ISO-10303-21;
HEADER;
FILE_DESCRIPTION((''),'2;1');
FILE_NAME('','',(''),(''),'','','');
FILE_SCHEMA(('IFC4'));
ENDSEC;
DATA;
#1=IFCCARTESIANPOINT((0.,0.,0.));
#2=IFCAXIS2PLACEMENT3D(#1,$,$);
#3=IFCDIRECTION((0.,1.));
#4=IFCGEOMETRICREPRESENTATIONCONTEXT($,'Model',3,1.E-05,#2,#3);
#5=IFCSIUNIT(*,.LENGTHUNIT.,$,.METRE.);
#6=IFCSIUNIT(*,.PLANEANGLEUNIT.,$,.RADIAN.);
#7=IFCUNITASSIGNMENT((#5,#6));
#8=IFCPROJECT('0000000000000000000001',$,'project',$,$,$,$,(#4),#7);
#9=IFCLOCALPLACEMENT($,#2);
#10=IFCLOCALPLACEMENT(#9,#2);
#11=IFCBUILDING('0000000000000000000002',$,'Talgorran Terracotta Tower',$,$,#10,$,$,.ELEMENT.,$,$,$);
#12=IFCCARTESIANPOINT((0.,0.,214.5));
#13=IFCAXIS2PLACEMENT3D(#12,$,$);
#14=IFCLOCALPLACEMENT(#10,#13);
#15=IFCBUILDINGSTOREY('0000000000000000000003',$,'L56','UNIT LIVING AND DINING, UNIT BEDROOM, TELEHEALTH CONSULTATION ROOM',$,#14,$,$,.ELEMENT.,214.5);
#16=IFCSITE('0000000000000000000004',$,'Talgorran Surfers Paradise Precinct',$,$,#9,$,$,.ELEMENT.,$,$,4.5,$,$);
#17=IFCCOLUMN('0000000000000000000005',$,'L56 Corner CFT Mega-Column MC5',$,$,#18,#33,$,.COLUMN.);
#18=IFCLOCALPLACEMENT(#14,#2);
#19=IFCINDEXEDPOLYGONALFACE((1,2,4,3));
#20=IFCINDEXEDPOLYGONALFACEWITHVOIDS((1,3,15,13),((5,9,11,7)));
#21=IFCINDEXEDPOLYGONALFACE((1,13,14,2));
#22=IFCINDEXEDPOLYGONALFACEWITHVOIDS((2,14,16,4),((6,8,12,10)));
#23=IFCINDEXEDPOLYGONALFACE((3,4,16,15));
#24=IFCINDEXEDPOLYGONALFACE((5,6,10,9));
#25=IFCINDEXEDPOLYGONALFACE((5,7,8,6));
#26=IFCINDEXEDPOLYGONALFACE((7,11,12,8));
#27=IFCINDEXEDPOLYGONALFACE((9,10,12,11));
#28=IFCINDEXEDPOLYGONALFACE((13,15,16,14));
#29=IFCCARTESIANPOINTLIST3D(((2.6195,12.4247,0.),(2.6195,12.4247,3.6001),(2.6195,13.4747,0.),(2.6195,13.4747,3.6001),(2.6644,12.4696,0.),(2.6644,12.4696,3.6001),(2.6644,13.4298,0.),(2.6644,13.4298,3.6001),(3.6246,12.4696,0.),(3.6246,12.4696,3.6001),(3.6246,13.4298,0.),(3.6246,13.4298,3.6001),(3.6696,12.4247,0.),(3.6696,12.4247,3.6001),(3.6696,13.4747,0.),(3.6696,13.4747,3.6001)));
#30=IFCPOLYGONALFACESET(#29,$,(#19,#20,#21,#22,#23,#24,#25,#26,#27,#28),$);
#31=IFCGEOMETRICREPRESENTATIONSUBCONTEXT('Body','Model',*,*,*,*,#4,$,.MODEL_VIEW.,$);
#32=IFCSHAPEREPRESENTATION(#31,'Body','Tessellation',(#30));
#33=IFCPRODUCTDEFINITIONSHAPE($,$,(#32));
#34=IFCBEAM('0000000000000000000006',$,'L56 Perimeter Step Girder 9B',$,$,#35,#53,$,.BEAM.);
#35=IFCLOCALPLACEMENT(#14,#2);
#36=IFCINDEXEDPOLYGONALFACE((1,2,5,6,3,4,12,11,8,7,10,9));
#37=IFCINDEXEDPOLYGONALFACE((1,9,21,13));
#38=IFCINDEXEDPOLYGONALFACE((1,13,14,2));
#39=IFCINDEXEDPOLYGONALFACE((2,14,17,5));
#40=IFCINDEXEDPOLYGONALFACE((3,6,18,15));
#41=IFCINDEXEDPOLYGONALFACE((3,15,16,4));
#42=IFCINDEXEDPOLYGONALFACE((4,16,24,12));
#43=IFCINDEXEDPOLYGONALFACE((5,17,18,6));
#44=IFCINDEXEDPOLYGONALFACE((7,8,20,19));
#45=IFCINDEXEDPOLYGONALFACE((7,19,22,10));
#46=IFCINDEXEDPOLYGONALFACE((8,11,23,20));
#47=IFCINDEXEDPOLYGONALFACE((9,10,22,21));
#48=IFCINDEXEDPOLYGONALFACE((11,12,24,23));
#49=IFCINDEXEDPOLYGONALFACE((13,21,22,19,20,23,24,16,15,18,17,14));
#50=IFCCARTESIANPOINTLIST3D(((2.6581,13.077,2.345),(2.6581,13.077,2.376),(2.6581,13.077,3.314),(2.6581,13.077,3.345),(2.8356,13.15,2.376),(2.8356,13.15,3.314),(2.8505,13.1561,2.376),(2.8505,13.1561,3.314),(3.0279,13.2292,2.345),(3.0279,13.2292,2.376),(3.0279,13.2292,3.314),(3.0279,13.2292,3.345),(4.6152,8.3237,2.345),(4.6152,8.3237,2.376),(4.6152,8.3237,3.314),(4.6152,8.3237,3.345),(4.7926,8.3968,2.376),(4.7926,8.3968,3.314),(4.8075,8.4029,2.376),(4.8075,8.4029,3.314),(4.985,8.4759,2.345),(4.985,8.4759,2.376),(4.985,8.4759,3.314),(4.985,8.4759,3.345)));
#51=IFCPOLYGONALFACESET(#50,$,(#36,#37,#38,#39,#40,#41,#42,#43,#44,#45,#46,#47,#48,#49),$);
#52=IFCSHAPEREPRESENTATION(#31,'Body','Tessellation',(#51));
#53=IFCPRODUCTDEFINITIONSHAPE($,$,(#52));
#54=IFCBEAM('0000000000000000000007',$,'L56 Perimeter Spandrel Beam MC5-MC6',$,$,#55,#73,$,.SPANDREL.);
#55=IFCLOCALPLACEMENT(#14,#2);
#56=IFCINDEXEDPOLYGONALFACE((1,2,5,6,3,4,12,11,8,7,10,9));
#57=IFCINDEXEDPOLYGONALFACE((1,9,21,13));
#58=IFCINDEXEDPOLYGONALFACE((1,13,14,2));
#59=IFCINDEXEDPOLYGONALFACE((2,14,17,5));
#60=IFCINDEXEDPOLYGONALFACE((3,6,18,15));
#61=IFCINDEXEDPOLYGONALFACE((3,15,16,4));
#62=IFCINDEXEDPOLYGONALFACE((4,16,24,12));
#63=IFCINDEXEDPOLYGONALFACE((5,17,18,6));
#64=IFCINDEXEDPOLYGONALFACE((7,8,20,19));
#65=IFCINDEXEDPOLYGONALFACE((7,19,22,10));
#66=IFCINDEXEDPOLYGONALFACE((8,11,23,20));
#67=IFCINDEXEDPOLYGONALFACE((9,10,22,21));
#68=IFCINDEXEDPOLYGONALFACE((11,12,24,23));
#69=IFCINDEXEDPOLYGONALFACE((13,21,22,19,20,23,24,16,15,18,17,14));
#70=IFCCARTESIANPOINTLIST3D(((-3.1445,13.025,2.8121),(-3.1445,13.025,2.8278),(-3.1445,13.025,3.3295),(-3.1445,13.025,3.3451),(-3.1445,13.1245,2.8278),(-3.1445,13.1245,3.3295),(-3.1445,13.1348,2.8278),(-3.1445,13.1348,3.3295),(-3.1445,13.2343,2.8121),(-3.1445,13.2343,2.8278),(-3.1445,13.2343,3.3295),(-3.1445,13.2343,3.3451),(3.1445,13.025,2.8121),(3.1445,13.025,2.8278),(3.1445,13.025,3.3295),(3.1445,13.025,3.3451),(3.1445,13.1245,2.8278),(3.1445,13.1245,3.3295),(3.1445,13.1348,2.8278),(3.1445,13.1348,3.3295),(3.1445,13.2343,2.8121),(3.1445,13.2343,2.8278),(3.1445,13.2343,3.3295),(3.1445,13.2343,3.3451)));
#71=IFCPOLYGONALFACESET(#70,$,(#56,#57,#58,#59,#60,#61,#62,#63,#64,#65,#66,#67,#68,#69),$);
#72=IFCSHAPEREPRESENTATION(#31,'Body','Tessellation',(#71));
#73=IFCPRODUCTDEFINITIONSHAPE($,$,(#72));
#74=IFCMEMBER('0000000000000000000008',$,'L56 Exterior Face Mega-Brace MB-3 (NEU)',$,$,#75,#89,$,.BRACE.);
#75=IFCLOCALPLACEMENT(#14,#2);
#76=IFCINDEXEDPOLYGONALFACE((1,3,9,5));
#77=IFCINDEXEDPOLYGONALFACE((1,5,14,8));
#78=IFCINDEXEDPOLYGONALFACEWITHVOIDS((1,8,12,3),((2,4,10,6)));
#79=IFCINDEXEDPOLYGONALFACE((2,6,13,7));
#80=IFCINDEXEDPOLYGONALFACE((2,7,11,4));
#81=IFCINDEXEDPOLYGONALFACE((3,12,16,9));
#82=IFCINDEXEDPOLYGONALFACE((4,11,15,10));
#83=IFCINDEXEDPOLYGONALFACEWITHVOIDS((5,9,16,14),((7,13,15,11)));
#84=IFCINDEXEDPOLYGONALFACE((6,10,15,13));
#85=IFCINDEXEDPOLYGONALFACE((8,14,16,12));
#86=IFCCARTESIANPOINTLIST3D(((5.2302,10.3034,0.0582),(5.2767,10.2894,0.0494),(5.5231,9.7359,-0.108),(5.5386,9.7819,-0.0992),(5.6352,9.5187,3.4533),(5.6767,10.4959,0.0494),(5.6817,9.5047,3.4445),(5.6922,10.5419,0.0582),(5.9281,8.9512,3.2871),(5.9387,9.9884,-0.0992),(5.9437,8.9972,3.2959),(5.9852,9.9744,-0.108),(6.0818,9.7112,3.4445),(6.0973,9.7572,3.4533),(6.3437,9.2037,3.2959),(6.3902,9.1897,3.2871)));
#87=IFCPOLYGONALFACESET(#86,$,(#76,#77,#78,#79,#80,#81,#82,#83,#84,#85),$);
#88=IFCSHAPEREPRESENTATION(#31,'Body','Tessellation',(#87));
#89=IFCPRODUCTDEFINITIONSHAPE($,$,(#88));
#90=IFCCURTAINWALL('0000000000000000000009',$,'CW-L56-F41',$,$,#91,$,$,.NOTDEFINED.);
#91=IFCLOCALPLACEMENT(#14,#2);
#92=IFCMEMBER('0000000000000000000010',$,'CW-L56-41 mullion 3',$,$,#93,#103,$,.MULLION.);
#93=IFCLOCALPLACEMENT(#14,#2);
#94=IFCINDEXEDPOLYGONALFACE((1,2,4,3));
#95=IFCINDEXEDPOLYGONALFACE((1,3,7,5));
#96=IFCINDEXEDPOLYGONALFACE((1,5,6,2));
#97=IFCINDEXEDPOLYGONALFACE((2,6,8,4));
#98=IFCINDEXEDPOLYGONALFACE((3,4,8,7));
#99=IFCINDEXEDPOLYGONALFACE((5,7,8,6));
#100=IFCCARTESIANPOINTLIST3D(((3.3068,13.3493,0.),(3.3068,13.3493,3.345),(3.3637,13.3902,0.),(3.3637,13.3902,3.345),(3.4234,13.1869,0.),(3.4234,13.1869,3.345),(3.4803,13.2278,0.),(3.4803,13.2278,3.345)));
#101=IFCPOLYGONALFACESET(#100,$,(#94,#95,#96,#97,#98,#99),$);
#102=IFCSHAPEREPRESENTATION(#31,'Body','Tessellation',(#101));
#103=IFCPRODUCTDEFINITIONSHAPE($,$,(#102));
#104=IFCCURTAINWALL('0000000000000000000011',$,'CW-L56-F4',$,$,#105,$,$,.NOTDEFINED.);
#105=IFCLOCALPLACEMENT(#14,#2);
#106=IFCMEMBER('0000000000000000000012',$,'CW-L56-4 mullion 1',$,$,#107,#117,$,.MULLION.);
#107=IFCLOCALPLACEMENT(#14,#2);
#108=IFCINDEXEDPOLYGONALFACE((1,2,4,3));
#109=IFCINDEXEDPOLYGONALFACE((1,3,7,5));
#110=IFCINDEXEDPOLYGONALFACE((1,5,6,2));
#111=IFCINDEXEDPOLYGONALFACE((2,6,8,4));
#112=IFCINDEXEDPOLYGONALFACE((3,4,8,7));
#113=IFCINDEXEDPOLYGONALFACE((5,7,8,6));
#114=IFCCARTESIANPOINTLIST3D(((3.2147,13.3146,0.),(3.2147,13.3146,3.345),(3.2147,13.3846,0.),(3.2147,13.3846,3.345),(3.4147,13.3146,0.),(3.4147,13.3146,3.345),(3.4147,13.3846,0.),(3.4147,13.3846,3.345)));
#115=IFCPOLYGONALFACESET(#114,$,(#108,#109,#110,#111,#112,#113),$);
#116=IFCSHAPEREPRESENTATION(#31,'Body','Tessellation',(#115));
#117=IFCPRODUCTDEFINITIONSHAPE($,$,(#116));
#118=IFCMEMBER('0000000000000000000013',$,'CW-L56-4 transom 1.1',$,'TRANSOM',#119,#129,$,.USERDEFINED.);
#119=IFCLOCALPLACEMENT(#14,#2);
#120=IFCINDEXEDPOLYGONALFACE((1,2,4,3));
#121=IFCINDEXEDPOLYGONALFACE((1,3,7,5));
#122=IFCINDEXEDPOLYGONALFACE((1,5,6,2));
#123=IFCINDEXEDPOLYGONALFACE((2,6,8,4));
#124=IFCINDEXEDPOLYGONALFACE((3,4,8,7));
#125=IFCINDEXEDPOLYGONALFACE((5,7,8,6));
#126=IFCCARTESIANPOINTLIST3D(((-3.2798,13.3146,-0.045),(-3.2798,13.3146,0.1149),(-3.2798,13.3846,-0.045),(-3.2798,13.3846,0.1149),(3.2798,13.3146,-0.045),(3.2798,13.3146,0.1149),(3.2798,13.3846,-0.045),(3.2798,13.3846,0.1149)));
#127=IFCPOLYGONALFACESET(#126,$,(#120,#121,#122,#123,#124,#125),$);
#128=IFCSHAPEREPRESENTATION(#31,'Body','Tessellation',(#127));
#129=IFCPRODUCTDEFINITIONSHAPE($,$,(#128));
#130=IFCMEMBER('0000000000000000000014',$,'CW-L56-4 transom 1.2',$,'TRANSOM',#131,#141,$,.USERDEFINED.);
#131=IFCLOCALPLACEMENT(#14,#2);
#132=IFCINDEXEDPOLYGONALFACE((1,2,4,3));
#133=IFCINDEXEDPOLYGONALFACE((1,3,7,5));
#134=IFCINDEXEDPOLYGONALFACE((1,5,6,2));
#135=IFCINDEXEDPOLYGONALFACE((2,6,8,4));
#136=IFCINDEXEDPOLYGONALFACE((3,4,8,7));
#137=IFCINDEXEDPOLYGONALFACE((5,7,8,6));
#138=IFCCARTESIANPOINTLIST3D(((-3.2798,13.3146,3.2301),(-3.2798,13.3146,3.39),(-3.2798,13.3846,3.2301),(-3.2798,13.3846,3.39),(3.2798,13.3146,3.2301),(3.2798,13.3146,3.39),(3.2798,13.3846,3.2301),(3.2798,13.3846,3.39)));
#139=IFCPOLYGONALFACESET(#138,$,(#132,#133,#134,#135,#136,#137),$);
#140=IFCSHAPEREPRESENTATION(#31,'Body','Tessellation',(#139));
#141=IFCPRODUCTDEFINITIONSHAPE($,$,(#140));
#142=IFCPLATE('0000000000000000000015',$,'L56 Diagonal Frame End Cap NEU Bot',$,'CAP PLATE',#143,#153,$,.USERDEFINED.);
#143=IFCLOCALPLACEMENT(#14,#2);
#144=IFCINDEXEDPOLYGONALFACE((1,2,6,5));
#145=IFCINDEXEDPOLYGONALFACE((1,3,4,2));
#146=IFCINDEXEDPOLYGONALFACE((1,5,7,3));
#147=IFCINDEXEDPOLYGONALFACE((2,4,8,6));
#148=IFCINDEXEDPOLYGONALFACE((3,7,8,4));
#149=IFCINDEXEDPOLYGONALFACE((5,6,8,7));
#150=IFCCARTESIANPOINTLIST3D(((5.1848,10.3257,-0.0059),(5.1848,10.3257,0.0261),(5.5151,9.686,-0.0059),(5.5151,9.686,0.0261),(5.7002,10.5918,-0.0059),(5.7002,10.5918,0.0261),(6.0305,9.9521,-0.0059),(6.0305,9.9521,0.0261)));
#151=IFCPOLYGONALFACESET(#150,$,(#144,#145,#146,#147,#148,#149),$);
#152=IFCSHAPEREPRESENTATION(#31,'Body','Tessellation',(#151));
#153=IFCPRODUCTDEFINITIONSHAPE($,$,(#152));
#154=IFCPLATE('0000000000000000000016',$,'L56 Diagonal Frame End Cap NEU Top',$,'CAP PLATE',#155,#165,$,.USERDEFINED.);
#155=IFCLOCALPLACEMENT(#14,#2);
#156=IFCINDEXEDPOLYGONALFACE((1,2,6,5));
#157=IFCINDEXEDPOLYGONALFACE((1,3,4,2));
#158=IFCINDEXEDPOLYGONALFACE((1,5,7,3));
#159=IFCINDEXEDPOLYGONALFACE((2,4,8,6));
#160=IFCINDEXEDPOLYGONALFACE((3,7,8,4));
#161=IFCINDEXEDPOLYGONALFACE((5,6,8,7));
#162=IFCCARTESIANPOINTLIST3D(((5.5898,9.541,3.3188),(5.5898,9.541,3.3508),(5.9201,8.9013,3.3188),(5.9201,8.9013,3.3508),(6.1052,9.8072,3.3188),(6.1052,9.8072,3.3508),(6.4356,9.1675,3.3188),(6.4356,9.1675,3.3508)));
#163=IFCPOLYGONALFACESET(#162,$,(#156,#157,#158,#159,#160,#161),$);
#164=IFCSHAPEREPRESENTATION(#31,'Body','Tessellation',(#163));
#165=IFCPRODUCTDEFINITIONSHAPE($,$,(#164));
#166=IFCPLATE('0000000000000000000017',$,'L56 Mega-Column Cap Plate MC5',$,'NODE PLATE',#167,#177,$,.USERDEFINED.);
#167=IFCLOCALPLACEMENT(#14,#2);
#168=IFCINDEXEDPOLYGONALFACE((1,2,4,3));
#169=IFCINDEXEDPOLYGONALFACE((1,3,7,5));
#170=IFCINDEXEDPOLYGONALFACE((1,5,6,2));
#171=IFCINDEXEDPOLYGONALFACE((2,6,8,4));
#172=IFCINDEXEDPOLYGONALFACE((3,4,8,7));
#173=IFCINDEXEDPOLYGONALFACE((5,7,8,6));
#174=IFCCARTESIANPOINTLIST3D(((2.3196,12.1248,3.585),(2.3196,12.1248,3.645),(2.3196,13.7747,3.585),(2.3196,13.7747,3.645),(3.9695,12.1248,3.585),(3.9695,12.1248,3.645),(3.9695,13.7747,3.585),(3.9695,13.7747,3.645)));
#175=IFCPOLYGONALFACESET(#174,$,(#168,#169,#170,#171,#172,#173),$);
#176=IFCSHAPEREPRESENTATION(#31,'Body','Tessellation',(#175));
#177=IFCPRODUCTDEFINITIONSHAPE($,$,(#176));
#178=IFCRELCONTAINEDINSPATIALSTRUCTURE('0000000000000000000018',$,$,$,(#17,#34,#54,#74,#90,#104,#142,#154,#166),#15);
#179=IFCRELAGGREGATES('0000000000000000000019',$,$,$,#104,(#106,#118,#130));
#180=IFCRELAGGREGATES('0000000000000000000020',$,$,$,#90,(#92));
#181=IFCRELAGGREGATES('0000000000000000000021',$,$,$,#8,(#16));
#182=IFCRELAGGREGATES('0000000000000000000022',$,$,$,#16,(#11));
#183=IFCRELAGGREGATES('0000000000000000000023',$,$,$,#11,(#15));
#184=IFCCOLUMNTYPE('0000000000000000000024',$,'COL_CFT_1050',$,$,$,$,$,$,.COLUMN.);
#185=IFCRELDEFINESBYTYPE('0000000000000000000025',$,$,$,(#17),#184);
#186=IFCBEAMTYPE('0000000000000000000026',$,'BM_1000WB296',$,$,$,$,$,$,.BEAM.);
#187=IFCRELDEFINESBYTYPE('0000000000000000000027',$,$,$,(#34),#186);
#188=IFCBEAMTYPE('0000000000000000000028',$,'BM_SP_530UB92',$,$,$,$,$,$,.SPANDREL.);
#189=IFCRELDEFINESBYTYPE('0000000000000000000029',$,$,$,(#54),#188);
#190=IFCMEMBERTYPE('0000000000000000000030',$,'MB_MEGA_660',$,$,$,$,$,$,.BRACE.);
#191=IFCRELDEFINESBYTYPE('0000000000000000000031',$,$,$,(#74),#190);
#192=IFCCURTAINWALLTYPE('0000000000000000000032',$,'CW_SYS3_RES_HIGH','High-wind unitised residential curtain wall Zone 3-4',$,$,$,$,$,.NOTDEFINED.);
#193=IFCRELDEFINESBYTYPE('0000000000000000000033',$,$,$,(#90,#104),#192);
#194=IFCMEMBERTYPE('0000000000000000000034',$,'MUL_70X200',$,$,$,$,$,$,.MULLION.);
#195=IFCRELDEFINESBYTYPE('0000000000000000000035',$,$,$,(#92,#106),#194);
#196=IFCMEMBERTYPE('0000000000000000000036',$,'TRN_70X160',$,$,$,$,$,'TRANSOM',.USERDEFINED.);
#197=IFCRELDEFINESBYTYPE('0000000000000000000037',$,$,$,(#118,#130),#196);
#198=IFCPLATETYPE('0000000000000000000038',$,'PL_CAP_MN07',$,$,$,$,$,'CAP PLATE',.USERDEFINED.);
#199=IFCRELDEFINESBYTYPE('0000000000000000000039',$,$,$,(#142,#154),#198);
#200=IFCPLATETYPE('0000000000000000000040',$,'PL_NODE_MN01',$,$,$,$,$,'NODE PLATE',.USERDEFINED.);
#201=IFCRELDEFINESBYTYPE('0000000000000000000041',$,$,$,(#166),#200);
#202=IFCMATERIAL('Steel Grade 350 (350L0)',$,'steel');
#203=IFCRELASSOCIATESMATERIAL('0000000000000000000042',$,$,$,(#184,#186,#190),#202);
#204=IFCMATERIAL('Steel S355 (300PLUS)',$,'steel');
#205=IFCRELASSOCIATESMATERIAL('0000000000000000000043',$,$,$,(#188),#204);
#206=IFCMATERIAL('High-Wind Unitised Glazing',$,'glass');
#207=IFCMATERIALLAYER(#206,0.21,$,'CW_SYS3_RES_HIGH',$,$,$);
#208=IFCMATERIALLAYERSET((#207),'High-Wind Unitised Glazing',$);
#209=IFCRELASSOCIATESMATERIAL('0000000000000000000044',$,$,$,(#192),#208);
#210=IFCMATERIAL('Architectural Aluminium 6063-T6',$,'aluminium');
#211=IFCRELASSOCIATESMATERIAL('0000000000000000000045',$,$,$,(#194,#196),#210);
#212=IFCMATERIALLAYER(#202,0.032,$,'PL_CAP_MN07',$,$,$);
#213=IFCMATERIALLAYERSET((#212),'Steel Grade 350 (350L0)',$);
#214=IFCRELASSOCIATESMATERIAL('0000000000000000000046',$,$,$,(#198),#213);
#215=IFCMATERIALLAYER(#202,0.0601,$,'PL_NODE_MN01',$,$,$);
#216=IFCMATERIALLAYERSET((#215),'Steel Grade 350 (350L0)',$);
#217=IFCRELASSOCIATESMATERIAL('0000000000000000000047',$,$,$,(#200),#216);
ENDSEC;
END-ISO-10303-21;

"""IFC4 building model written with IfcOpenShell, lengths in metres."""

from ifc_helpers import new_model, si_unit, direction, frame, origin, origin_2d, place, context, subcontext, project, spatial, rectangle, hollow_rectangle, i_section, extrude, material, layer, layer_set, material_profile, profile_set, type_object, element, aggregate, save


model = new_model("IFC4")

# Units and contexts
model_context = context("Model", 3, precision=1e-05, world=origin(), true_north=direction((0.0, 1.0)))
body_context = subcontext(model_context, "Body", "Model", "MODEL_VIEW")
ifc_project = project(units=[si_unit("LENGTHUNIT", "METRE"), si_unit("PLANEANGLEUNIT", "RADIAN")], contexts=[model_context])

# Site, building, storey
site_placement = place(None, origin())
site = spatial("IfcSite", under=ifc_project, at=site_placement, Name="Talgorran Surfers Paradise Precinct", CompositionType="ELEMENT", RefElevation=4.5)
building_placement = place(site_placement, origin())
building = spatial("IfcBuilding", under=site, at=building_placement, Name="Talgorran Terracotta Tower", CompositionType="ELEMENT")
storey_placement = place(building_placement, frame((0.0, 0.0, 214.5)))
storey = spatial("IfcBuildingStorey", under=building, at=storey_placement, Name="L56", Description="UNIT LIVING AND DINING, UNIT BEDROOM, TELEHEALTH CONSULTATION ROOM", CompositionType="ELEMENT", Elevation=214.5)

# Column
ifc_material_1 = material(Name="Steel Grade 350 (350L0)", Category="steel")
ifc_material_profile_1 = material_profile(ifc_material_1, hollow_rectangle(XDim=1.05, YDim=1.05, WallThickness=0.0449, at=origin_2d()), Name="CFT1050X1050X45")
ifc_profile_set_1 = profile_set([ifc_material_profile_1], Name="Steel Grade 350 (350L0)")
column_type = type_object("IfcColumnType", Name="COL_CFT_1050", PredefinedType="COLUMN", material=ifc_profile_set_1)
column_placement = place(storey_placement, frame((3.1445, 12.9497, 0.0), z_axis=(0.0, 0.0, 1.0), x_axis=(1.0, 0.0, 0.0)))
element("IfcColumn", 1, at=column_placement, inside=storey, type_object=column_type, Name="L56 Corner CFT Mega-Column MC5", PredefinedType="COLUMN", context=body_context, shape_type="SweptSolid", body=[
    extrude(hollow_rectangle(XDim=1.05, YDim=1.05, WallThickness=0.0449, at=origin_2d()), origin(), (0.0, 0.0, 1.0), 3.6001),
])

# Beams
ifc_material_profile_2 = material_profile(ifc_material_1, i_section(OverallWidth=0.3999, OverallDepth=1.0, WebThickness=0.0161, FlangeThickness=0.031, at=origin_2d()), Name="1000WB296")
ifc_profile_set_2 = profile_set([ifc_material_profile_2], Name="Steel Grade 350 (350L0)")
beam_type_1 = type_object("IfcBeamType", Name="BM_1000WB296", PredefinedType="BEAM", material=ifc_profile_set_2)
beam_1_placement = place(storey_placement, frame((2.843, 13.1531, 2.845), z_axis=(0.380724, -0.924689, 0.0), x_axis=(0.924689, 0.380724, 0.0)))
element("IfcBeam", 2, at=beam_1_placement, inside=storey, type_object=beam_type_1, Name="L56 Perimeter Step Girder 9B", PredefinedType="BEAM", context=body_context, shape_type="SweptSolid", body=[
    extrude(i_section(OverallWidth=0.3999, OverallDepth=1.0, WebThickness=0.0161, FlangeThickness=0.031, at=origin_2d()), origin(), (0.0, 0.0, 1.0), 5.1404),
])
ifc_material_2 = material(Name="Steel S355 (300PLUS)", Category="steel")
ifc_material_profile_3 = material_profile(ifc_material_2, i_section(OverallWidth=0.2092, OverallDepth=0.533, WebThickness=0.0103, FlangeThickness=0.0156, at=origin_2d()), Name="530UB92.4")
ifc_profile_set_3 = profile_set([ifc_material_profile_3], Name="Steel S355 (300PLUS)")
beam_type_2 = type_object("IfcBeamType", Name="BM_SP_530UB92", PredefinedType="SPANDREL", material=ifc_profile_set_3)
beam_2_placement = place(storey_placement, frame((3.1445, 13.1296, 3.0786), z_axis=(-1.0, 0.0, 0.0), x_axis=(0.0, -1.0, 0.0)))
element("IfcBeam", 3, at=beam_2_placement, inside=storey, type_object=beam_type_2, Name="L56 Perimeter Spandrel Beam MC5-MC6", PredefinedType="SPANDREL", context=body_context, shape_type="SweptSolid", body=[
    extrude(i_section(OverallWidth=0.2092, OverallDepth=0.533, WebThickness=0.0103, FlangeThickness=0.0156, at=origin_2d()), origin(), (0.0, 0.0, 1.0), 6.2891),
])

# Member
ifc_material_profile_4 = material_profile(ifc_material_1, hollow_rectangle(XDim=0.52, YDim=0.6599, WallThickness=0.0349, at=origin_2d()), Name="WBOX660X520X35")
ifc_profile_set_4 = profile_set([ifc_material_profile_4], Name="Steel Grade 350 (350L0)")
member_type_1 = type_object("IfcMemberType", Name="MB_MEGA_660", PredefinedType="BRACE", material=ifc_profile_set_4)
member_1_placement = place(storey_placement, frame((5.6077, 10.1389, -0.0249), z_axis=(0.115459, -0.223681, 0.9678), x_axis=(0.888602, 0.458678, 0.0)))
element("IfcMember", 4, at=member_1_placement, inside=storey, type_object=member_type_1, Name="L56 Exterior Face Mega-Brace MB-3 (NEU)", PredefinedType="BRACE", context=body_context, shape_type="SweptSolid", body=[
    extrude(hollow_rectangle(XDim=0.52, YDim=0.6599, WallThickness=0.0349, at=origin_2d()), origin(), (0.0, 0.0, 1.0), 3.5081),
])

# Curtain wall, member
ifc_material_3 = material(Name="High-Wind Unitised Glazing", Category="glass")
ifc_layer_1 = layer(ifc_material_3, 0.21, Name="CW_SYS3_RES_HIGH")
ifc_layer_set_1 = layer_set([ifc_layer_1], Name="High-Wind Unitised Glazing")
curtain_wall_type = type_object("IfcCurtainWallType", Name="CW_SYS3_RES_HIGH", Description="High-wind unitised residential curtain wall Zone 3-4", PredefinedType="NOTDEFINED", material=ifc_layer_set_1)
curtain_wall_1_placement = place(storey_placement, origin())
curtain_wall_1 = element("IfcCurtainWall", 5, at=curtain_wall_1_placement, inside=storey, type_object=curtain_wall_type, Name="CW-L56-F41", PredefinedType="NOTDEFINED")
ifc_material_4 = material(Name="Architectural Aluminium 6063-T6", Category="aluminium")
ifc_material_profile_5 = material_profile(ifc_material_4, rectangle(XDim=0.0701, YDim=0.2, at=origin_2d()), Name="CWM70X200")
ifc_profile_set_5 = profile_set([ifc_material_profile_5], Name="Architectural Aluminium 6063-T6")
member_type_2 = type_object("IfcMemberType", Name="MUL_70X200", PredefinedType="MULLION", material=ifc_profile_set_5)
member_2_placement = place(storey_placement, frame((3.3936, 13.2886, 0.0), z_axis=(0.0, 0.0, 1.0), x_axis=(-0.812077, -0.58355, 0.0)))
member_2 = element("IfcMember", 6, at=member_2_placement, type_object=member_type_2, Name="CW-L56-41 mullion 3", PredefinedType="MULLION", context=body_context, shape_type="SweptSolid", body=[
    extrude(rectangle(XDim=0.0701, YDim=0.2, at=origin_2d()), origin(), (0.0, 0.0, 1.0), 3.345),
])

# Curtain wall, members
curtain_wall_2_placement = place(storey_placement, origin())
curtain_wall_2 = element("IfcCurtainWall", 7, at=curtain_wall_2_placement, inside=storey, type_object=curtain_wall_type, Name="CW-L56-F4", PredefinedType="NOTDEFINED")
member_3_placement = place(storey_placement, frame((3.3147, 13.3496, 0.0), z_axis=(0.0, 0.0, 1.0), x_axis=(0.0, -1.0, 0.0)))
member_3 = element("IfcMember", 8, at=member_3_placement, type_object=member_type_2, Name="CW-L56-4 mullion 1", PredefinedType="MULLION", context=body_context, shape_type="SweptSolid", body=[
    extrude(rectangle(XDim=0.0701, YDim=0.2, at=origin_2d()), origin(), (0.0, 0.0, 1.0), 3.345),
])
ifc_material_profile_6 = material_profile(ifc_material_4, rectangle(XDim=0.0701, YDim=0.1599, at=origin_2d()), Name="CWT70X160")
ifc_profile_set_6 = profile_set([ifc_material_profile_6], Name="Architectural Aluminium 6063-T6")
member_type_3 = type_object("IfcMemberType", Name="TRN_70X160", ElementType="TRANSOM", PredefinedType="USERDEFINED", material=ifc_profile_set_6)
member_4_placement = place(storey_placement, frame((3.2798, 13.3496, 0.0349), z_axis=(-1.0, 0.0, 0.0), x_axis=(0.0, -1.0, 0.0)))
member_4 = element("IfcMember", 9, at=member_4_placement, type_object=member_type_3, Name="CW-L56-4 transom 1.1", ObjectType="TRANSOM", PredefinedType="USERDEFINED", context=body_context, shape_type="SweptSolid", body=[
    extrude(rectangle(XDim=0.0701, YDim=0.1599, at=origin_2d()), origin(), (0.0, 0.0, 1.0), 6.5596),
])
member_5_placement = place(storey_placement, frame((3.2798, 13.3496, 3.3101), z_axis=(-1.0, 0.0, 0.0), x_axis=(0.0, -1.0, 0.0)))
member_5 = element("IfcMember", 10, at=member_5_placement, type_object=member_type_3, Name="CW-L56-4 transom 1.2", ObjectType="TRANSOM", PredefinedType="USERDEFINED", context=body_context, shape_type="SweptSolid", body=[
    extrude(rectangle(XDim=0.0701, YDim=0.1599, at=origin_2d()), origin(), (0.0, 0.0, 1.0), 6.5596),
])

# Plates
ifc_layer_2 = layer(ifc_material_1, 0.032, Name="PL_CAP_MN07")
ifc_layer_set_2 = layer_set([ifc_layer_2], Name="Steel Grade 350 (350L0)")
plate_type_1 = type_object("IfcPlateType", Name="PL_CAP_MN07", ElementType="CAP PLATE", PredefinedType="USERDEFINED", material=ifc_layer_set_2)
for number, where, z_axis, x_axis, name in (
    (11, (5.6077, 10.1389, -0.0059), (0.0, 0.0, 1.0), (0.458805, -0.888537, 0.0), "L56 Diagonal Frame End Cap NEU Bot"),
    (12, (6.0127, 9.3542, 3.3188), (0.0, 0.0, 1.0), (0.458805, -0.888537, 0.0), "L56 Diagonal Frame End Cap NEU Top"),
):
    element("IfcPlate", number, at=place(storey_placement, frame(where, z_axis=z_axis, x_axis=x_axis)), inside=storey, type_object=plate_type_1, Name=name, ObjectType="CAP PLATE", PredefinedType="USERDEFINED", context=body_context, shape_type="SweptSolid", body=[
        extrude(rectangle(XDim=0.72, YDim=0.5801, at=origin_2d()), origin(), (0.0, 0.0, 1.0), 0.032),
    ])
ifc_layer_3 = layer(ifc_material_1, 0.0601, Name="PL_NODE_MN01")
ifc_layer_set_3 = layer_set([ifc_layer_3], Name="Steel Grade 350 (350L0)")
plate_type_2 = type_object("IfcPlateType", Name="PL_NODE_MN01", ElementType="NODE PLATE", PredefinedType="USERDEFINED", material=ifc_layer_set_3)
plate_1_placement = place(storey_placement, frame((3.1445, 12.9497, 3.585), z_axis=(0.0, 0.0, 1.0), x_axis=(1.0, 0.0, 0.0)))
element("IfcPlate", 13, at=plate_1_placement, inside=storey, type_object=plate_type_2, Name="L56 Mega-Column Cap Plate MC5", ObjectType="NODE PLATE", PredefinedType="USERDEFINED", context=body_context, shape_type="SweptSolid", body=[
    extrude(rectangle(XDim=1.6499, YDim=1.6499, at=origin_2d()), origin(), (0.0, 0.0, 1.0), 0.0601),
])

aggregate(curtain_wall_2, [member_3, member_4, member_5])
aggregate(curtain_wall_1, [member_2])

save(model, "model.ifc")
